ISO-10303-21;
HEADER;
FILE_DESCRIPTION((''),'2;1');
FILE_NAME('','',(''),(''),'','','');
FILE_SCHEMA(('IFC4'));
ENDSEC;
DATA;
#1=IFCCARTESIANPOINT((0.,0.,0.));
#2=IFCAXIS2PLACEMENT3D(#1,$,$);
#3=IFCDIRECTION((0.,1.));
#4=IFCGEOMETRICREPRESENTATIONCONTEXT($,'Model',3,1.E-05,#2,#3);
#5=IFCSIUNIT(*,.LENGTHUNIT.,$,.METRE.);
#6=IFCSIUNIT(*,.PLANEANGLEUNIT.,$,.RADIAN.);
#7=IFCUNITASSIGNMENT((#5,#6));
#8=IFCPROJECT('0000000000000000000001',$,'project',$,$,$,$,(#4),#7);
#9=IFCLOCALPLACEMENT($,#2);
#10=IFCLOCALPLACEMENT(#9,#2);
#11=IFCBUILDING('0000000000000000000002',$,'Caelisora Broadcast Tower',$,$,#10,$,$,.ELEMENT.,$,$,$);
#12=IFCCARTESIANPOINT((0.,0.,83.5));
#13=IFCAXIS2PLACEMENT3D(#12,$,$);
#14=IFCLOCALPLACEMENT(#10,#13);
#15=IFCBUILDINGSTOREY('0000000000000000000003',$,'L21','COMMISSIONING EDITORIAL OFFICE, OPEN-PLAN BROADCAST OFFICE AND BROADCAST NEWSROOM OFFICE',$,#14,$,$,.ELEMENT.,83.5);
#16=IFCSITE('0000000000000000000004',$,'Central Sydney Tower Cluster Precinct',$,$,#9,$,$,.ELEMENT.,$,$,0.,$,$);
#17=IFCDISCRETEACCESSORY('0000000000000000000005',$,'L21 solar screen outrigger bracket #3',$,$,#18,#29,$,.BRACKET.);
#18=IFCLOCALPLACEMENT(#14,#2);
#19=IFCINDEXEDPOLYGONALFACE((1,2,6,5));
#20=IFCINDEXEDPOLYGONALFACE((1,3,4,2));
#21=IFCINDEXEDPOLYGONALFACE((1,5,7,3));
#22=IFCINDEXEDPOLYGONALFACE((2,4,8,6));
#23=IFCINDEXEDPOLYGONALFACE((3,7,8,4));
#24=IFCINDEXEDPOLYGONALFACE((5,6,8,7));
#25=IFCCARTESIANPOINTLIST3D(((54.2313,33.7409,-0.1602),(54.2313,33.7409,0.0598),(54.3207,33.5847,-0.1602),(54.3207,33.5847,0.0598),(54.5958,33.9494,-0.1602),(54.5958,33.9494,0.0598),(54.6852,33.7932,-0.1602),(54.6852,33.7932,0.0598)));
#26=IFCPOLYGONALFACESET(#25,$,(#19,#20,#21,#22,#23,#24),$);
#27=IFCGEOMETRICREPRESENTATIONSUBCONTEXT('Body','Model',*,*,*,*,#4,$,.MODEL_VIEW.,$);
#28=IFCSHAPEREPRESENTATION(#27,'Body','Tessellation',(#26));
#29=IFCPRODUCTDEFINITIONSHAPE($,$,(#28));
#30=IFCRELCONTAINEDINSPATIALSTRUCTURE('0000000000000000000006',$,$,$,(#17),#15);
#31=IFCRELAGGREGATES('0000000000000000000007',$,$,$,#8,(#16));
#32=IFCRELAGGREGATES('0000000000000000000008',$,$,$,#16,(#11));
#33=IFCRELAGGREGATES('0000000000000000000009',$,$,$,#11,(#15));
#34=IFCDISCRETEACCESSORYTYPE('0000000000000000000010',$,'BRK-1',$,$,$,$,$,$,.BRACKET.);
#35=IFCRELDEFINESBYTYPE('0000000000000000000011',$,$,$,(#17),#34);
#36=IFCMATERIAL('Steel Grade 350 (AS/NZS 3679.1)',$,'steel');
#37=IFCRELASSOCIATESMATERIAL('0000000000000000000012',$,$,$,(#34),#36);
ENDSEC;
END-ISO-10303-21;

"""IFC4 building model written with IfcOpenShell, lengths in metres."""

from ifc_helpers import new_model, si_unit, direction, frame, origin, origin_2d, place, context, subcontext, project, spatial, rectangle, extrude, source, transform, mapped, material, type_object, type_shapes, element, save


model = new_model("IFC4")

# Units and contexts
model_context = context("Model", 3, precision=1e-05, world=origin(), true_north=direction((0.0, 1.0)))
body_context = subcontext(model_context, "Body", "Model", "MODEL_VIEW")
ifc_project = project(units=[si_unit("LENGTHUNIT", "METRE"), si_unit("PLANEANGLEUNIT", "RADIAN")], contexts=[model_context])

# Site, building, storey
site_placement = place(None, origin())
site = spatial("IfcSite", under=ifc_project, at=site_placement, Name="Central Sydney Tower Cluster Precinct", CompositionType="ELEMENT", RefElevation=0.0)
building_placement = place(site_placement, origin())
building = spatial("IfcBuilding", under=site, at=building_placement, Name="Caelisora Broadcast Tower", CompositionType="ELEMENT")
storey_placement = place(building_placement, frame((0.0, 0.0, 83.5)))
storey = spatial("IfcBuildingStorey", under=building, at=storey_placement, Name="L21", Description="COMMISSIONING EDITORIAL OFFICE, OPEN-PLAN BROADCAST OFFICE AND BROADCAST NEWSROOM OFFICE", CompositionType="ELEMENT", Elevation=83.5)

# Shared definitions
ifc_material_1 = material(Name="Steel Grade 350 (AS/NZS 3679.1)", Category="steel")

# Discrete accessory
discrete_accessory_type = type_object("IfcDiscreteAccessoryType", Name="BRK-1", PredefinedType="BRACKET", material=ifc_material_1)
shared_shape_1 = source(origin(), body_context, "Body", "SweptSolid", [
    extrude(rectangle(XDim=0.1799, YDim=0.4199, at=origin_2d()), origin(), (0.0, 0.0, 1.0), 0.22),
])
type_shapes(discrete_accessory_type, [shared_shape_1])
discrete_accessory_placement = place(storey_placement, frame((54.4583, 33.7671, -0.1602), z_axis=(0.0, 0.0, 1.0), x_axis=(-0.49652, 0.868026, 0.0)))
element("IfcDiscreteAccessory", 1, at=discrete_accessory_placement, inside=storey, type_object=discrete_accessory_type, Name="L21 solar screen outrigger bracket #3", PredefinedType="BRACKET", context=body_context, shape_type="MappedRepresentation", body=[
    mapped(shared_shape_1, transform((0.0, 0.0, 0.0), scale=1.0)),
])

save(model, "model.ifc")
